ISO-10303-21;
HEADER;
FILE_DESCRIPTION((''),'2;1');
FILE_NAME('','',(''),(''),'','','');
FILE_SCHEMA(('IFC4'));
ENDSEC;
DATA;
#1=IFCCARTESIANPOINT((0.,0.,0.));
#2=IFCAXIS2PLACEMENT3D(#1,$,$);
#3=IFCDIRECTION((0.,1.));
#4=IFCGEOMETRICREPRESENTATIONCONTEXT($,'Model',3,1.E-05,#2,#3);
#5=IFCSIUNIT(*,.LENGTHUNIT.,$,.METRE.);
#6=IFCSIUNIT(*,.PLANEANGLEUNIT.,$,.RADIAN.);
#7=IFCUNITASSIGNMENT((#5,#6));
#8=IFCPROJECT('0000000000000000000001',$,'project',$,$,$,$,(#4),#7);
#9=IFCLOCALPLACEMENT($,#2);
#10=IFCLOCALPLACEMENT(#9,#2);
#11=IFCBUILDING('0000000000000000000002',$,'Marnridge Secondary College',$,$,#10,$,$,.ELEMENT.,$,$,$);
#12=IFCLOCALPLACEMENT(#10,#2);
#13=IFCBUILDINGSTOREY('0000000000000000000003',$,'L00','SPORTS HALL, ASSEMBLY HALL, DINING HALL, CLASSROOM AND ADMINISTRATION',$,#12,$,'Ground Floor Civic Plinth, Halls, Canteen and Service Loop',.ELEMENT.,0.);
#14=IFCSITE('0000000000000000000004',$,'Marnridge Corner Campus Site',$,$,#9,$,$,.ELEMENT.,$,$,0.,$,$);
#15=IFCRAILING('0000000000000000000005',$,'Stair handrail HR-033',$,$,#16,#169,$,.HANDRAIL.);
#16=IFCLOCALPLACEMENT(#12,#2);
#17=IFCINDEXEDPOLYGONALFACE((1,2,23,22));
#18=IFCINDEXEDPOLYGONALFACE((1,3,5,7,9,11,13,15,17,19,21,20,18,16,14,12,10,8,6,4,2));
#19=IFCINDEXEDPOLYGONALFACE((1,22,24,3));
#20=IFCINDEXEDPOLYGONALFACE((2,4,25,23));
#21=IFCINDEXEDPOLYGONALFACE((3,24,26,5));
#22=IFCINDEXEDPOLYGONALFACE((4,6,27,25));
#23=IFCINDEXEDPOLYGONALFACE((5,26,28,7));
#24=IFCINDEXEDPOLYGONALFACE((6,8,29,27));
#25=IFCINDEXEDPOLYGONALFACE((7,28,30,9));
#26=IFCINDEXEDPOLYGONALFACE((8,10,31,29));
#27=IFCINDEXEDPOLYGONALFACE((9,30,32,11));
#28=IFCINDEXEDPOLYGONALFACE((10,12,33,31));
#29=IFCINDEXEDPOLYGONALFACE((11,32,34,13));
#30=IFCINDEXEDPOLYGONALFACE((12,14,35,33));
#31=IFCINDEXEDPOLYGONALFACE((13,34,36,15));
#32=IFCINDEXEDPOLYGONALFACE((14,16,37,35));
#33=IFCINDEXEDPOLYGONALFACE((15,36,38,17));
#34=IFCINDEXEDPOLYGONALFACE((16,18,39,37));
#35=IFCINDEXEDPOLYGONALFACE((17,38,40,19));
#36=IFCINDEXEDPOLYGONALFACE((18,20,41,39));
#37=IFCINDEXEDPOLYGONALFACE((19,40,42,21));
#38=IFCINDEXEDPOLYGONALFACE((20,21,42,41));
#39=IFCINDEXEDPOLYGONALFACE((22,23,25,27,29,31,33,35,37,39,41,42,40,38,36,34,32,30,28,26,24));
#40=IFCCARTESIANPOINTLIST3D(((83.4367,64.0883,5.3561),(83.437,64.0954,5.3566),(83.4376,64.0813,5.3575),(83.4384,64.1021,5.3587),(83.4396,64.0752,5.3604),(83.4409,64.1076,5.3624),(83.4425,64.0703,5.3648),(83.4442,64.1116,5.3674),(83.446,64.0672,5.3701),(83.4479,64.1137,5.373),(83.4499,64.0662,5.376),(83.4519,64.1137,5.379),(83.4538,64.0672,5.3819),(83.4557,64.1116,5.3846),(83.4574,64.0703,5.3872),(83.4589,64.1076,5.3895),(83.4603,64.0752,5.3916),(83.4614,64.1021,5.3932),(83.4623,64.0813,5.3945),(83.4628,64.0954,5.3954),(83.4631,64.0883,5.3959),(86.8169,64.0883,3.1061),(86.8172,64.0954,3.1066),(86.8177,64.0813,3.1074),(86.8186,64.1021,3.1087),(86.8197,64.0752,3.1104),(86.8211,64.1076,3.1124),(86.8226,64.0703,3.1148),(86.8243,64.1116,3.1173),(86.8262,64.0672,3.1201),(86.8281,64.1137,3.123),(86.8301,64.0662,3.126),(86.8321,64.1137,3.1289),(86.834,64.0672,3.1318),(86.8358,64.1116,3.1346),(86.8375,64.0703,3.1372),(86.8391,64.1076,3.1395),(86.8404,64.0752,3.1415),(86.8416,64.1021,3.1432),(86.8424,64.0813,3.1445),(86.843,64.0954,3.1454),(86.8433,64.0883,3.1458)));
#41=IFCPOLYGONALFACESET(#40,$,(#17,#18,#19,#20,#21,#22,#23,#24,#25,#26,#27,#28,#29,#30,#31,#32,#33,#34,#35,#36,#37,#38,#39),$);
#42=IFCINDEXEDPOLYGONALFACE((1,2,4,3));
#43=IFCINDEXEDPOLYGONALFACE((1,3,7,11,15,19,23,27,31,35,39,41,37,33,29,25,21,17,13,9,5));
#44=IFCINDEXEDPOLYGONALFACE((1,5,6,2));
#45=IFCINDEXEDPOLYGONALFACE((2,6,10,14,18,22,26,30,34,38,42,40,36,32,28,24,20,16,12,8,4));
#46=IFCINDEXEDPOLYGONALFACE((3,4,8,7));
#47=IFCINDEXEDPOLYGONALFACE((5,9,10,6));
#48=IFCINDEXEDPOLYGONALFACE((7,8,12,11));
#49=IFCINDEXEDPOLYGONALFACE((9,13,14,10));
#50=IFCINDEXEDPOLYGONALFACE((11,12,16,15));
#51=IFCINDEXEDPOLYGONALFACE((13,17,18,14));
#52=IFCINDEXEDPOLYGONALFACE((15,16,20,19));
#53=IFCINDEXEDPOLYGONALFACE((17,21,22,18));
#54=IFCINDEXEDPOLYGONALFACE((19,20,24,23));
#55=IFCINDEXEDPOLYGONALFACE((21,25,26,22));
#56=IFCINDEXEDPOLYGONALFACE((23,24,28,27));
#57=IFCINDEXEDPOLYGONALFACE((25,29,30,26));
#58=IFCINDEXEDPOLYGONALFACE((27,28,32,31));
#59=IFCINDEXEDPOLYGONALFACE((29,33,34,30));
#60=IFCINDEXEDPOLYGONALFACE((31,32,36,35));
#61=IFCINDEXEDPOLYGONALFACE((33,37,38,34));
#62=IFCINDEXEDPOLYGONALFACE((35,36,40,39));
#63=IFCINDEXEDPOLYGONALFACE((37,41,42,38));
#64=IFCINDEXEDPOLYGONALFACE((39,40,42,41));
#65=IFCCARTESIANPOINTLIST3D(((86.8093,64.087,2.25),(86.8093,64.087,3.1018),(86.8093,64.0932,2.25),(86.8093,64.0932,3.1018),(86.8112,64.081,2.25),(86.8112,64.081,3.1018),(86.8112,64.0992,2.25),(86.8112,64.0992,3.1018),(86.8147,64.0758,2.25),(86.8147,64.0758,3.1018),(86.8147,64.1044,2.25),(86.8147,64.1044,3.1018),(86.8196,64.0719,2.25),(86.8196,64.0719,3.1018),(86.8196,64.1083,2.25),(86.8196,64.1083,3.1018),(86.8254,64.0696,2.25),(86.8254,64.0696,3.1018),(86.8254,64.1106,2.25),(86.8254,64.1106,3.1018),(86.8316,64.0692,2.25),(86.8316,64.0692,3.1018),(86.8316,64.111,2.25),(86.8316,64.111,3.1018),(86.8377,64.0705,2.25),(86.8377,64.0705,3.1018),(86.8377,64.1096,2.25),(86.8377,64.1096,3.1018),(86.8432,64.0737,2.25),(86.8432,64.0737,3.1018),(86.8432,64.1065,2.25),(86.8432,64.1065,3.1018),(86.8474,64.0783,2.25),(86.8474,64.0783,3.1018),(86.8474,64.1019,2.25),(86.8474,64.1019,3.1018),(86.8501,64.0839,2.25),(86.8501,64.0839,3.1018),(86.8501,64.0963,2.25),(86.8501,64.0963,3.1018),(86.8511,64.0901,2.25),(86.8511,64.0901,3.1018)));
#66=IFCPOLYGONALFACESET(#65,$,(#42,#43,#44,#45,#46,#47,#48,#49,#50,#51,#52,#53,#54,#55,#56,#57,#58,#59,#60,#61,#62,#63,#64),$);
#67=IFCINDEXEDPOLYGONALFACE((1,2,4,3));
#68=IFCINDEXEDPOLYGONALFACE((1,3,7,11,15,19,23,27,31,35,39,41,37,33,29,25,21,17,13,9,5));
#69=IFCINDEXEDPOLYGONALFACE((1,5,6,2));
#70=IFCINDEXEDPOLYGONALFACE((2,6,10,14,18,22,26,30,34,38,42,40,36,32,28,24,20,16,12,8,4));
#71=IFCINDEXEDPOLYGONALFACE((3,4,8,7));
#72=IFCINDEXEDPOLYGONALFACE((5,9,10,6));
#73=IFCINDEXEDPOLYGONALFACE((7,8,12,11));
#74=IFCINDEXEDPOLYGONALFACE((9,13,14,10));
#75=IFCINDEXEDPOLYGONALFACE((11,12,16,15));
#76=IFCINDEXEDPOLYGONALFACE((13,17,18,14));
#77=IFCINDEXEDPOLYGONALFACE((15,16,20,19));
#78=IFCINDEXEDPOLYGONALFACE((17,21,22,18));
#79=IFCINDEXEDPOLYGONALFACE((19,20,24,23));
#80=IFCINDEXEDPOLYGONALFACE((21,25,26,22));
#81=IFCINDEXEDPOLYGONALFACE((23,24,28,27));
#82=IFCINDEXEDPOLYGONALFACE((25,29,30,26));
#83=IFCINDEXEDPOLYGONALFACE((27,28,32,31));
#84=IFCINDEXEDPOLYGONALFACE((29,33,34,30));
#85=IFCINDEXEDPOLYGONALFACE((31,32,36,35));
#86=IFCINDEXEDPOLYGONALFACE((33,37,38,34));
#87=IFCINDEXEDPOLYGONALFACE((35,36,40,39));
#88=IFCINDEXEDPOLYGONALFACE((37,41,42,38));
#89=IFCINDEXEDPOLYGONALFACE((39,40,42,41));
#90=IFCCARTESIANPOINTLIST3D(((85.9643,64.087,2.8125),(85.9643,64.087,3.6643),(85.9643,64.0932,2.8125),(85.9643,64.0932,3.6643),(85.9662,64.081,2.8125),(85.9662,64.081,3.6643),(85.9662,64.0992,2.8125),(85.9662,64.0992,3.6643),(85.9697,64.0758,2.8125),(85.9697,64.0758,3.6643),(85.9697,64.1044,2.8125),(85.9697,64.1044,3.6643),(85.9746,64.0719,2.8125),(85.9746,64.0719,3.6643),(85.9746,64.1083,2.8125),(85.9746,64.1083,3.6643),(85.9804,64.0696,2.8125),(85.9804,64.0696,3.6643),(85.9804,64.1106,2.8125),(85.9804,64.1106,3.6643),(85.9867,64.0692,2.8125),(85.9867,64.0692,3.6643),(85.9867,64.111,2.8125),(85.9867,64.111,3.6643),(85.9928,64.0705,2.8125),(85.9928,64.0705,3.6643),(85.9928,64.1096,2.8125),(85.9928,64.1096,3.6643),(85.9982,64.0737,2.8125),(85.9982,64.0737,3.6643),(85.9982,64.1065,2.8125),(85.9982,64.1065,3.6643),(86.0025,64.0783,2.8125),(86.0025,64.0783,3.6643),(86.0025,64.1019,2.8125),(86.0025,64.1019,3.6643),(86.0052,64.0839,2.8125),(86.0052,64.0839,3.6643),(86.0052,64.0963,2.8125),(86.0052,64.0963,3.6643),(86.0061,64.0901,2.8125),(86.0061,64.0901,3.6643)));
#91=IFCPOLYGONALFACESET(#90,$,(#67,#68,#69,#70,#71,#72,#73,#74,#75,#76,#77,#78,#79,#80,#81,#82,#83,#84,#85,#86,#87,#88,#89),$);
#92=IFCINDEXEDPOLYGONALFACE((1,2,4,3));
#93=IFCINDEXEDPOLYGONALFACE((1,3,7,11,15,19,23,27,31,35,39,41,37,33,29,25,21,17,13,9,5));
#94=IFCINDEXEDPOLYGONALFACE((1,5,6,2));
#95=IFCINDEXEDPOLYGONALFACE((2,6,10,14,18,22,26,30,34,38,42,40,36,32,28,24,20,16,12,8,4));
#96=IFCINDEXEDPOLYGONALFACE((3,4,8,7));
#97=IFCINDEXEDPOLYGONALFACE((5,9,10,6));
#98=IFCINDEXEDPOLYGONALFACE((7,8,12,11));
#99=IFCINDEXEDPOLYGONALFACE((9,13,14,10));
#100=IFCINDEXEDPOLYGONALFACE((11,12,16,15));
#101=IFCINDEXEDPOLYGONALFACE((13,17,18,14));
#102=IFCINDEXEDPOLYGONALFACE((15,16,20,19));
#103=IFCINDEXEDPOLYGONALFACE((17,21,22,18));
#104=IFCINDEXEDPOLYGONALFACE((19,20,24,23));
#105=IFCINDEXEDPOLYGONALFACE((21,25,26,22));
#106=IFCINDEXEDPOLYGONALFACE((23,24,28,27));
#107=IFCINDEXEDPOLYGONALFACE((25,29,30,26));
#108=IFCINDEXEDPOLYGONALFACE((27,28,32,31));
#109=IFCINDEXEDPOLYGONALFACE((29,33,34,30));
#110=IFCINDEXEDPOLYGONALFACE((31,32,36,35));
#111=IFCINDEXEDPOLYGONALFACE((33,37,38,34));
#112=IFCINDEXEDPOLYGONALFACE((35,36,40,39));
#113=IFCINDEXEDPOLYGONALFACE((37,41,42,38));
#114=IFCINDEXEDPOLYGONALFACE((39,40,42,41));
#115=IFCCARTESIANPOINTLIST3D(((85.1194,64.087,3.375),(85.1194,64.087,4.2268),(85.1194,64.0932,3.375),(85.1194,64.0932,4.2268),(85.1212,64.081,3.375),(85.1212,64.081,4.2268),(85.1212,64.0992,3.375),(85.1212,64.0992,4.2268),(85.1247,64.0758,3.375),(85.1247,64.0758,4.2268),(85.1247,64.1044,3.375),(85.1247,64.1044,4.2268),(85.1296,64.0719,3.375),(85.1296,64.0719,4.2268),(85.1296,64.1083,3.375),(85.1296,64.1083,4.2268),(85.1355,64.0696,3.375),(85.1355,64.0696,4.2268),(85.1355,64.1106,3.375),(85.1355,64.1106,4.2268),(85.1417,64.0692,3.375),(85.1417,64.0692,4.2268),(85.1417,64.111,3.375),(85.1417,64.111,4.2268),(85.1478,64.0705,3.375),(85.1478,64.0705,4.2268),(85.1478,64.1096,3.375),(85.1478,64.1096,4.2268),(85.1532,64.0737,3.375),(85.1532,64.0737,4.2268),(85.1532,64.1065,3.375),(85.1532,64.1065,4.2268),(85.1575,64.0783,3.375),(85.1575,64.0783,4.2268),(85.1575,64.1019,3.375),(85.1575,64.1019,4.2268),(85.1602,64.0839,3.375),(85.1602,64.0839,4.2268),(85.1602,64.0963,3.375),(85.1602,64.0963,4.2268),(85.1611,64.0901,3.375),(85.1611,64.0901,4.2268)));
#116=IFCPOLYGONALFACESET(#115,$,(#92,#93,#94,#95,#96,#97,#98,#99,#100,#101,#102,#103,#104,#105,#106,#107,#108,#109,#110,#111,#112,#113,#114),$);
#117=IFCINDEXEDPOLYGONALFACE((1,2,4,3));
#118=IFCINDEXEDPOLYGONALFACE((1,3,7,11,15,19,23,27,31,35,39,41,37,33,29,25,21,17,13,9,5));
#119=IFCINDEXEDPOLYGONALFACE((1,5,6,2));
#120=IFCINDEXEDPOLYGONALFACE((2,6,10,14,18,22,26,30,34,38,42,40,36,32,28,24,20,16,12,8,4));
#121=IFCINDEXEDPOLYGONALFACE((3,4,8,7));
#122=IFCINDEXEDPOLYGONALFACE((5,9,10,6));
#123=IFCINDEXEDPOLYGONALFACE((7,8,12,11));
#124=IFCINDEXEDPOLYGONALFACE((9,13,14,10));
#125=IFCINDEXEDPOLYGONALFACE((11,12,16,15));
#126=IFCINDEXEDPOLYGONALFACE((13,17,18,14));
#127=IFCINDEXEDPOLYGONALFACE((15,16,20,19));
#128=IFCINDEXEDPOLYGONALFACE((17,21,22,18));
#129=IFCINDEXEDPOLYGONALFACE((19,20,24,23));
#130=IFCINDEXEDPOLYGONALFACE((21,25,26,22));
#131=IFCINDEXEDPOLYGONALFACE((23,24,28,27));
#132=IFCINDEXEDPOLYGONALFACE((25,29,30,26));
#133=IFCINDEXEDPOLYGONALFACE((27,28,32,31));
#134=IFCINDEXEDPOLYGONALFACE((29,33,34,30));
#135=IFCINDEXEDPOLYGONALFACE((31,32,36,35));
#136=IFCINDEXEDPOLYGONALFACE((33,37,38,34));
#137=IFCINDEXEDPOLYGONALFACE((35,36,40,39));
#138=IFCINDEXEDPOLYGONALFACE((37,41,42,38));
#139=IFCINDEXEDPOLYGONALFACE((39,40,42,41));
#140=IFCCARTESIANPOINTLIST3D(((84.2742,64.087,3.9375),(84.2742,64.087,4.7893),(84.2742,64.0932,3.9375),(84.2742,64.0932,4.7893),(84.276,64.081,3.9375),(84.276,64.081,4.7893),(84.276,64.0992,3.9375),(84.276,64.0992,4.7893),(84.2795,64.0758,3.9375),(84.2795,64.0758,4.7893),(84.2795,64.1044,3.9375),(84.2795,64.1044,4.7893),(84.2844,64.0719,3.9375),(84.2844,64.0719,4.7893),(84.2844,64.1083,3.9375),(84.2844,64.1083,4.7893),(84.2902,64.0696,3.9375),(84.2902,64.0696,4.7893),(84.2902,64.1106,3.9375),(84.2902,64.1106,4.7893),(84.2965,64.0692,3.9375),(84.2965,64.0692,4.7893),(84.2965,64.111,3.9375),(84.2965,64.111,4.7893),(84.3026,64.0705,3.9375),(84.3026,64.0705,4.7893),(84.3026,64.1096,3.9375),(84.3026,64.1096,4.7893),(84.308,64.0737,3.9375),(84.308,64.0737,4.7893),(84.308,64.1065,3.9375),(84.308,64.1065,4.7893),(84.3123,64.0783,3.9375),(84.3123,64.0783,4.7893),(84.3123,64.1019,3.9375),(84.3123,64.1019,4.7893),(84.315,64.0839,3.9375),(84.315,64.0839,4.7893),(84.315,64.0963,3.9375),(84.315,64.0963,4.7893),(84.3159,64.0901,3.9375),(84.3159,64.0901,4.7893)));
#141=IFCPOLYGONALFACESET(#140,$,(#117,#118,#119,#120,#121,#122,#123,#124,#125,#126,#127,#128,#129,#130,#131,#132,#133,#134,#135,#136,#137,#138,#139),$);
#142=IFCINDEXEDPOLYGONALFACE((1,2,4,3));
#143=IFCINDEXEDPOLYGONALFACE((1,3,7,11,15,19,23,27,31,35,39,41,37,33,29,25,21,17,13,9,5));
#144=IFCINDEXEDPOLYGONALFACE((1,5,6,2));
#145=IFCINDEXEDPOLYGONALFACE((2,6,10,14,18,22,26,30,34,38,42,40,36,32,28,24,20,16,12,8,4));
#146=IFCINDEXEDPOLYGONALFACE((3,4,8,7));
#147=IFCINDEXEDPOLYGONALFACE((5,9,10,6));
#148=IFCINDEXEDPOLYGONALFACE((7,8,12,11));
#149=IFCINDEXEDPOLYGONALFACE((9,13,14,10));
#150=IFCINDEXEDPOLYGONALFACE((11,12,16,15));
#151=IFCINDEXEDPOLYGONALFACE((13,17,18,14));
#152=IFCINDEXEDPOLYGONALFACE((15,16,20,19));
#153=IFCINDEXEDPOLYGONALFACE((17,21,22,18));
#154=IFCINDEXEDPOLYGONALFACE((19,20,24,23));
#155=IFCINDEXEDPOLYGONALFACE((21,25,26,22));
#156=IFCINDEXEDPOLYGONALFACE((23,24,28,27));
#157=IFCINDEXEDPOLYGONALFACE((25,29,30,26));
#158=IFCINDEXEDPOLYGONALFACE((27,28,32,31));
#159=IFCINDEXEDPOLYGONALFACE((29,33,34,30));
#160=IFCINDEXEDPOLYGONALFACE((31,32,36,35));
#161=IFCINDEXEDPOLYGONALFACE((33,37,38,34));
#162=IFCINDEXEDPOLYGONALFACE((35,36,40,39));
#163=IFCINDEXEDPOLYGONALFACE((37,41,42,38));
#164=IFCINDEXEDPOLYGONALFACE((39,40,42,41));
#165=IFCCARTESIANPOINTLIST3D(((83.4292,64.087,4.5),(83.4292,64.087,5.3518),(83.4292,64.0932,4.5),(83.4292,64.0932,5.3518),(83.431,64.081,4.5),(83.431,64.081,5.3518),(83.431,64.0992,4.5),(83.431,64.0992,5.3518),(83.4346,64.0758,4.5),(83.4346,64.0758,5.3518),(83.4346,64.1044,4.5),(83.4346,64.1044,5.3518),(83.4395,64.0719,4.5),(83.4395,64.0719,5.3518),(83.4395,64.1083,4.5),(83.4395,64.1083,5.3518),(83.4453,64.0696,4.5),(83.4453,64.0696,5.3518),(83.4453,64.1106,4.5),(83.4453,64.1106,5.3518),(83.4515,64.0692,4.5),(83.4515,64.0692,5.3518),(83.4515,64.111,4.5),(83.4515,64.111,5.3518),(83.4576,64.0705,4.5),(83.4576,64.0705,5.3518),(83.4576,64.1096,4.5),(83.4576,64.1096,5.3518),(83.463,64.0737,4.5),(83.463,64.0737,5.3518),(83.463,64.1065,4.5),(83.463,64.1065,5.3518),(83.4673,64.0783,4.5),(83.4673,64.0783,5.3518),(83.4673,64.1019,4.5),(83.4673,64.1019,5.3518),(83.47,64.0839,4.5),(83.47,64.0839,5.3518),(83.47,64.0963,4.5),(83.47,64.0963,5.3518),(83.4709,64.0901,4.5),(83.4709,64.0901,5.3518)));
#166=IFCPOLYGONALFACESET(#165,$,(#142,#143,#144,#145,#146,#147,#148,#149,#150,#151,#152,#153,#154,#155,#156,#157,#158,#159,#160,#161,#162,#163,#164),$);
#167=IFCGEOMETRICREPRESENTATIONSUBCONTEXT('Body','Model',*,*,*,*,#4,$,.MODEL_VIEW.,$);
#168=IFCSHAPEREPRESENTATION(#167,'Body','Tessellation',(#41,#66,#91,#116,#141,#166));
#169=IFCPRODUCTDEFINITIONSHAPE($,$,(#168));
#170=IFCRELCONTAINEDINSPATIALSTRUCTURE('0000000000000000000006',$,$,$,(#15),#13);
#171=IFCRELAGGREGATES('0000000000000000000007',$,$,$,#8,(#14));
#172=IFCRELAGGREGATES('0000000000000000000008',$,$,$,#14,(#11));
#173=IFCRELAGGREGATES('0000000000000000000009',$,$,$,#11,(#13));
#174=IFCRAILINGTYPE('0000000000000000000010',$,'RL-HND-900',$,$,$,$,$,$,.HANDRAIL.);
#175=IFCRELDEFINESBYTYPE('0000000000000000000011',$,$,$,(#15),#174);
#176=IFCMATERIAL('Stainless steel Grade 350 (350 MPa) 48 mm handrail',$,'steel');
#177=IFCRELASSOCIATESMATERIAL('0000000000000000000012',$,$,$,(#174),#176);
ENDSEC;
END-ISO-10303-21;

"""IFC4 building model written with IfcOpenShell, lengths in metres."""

from ifc_helpers import new_model, si_unit, direction, frame, origin, origin_2d, place, context, subcontext, project, spatial, circle, extrude, material, type_object, element, save


model = new_model("IFC4")

# Units and contexts
model_context = context("Model", 3, precision=1e-05, world=origin(), true_north=direction((0.0, 1.0)))
body_context = subcontext(model_context, "Body", "Model", "MODEL_VIEW")
ifc_project = project(units=[si_unit("LENGTHUNIT", "METRE"), si_unit("PLANEANGLEUNIT", "RADIAN")], contexts=[model_context])

# Site, building, storey
site_placement = place(None, origin())
site = spatial("IfcSite", under=ifc_project, at=site_placement, Name="Marnridge Corner Campus Site", CompositionType="ELEMENT", RefElevation=0.0)
building_placement = place(site_placement, origin())
building = spatial("IfcBuilding", under=site, at=building_placement, Name="Marnridge Secondary College", CompositionType="ELEMENT")
storey_placement = place(building_placement, origin())
storey = spatial("IfcBuildingStorey", under=building, at=storey_placement, Name="L00", Description="SPORTS HALL, ASSEMBLY HALL, DINING HALL, CLASSROOM AND ADMINISTRATION", LongName="Ground Floor Civic Plinth, Halls, Canteen and Service Loop", CompositionType="ELEMENT", Elevation=0.0)

# Railing
ifc_material_1 = material(Name="Stainless steel Grade 350 (350 MPa) 48 mm handrail", Category="steel")
railing_type_1 = type_object("IfcRailingType", Name="RL-HND-900", PredefinedType="HANDRAIL", material=ifc_material_1)
for number, where, name in (
    (1, (86.8301, 64.0901, 2.25), "Stair handrail HR-033"),
):
    element("IfcRailing", number, at=place(storey_placement, frame(where)), inside=storey, type_object=railing_type_1, Name=name, PredefinedType="HANDRAIL", context=body_context, shape_type="SweptSolid", body=[
        extrude(circle(Radius=0.0239, at=origin_2d()), frame((0.0, 0.0, 0.876), z_axis=(-0.832439, 0.0, 0.554117), x_axis=(0.0, -1.0, 0.0)), (0.0, 0.0, 1.0), 4.0605),
        extrude(circle(Radius=0.021, at=origin_2d()), origin(), (0.0, 0.0, 1.0), 0.8518),
        extrude(circle(Radius=0.021, at=origin_2d()), frame((-0.845, 0.0, 0.5625)), (0.0, 0.0, 1.0), 0.8518),
        extrude(circle(Radius=0.021, at=origin_2d()), frame((-1.6899, 0.0, 1.125)), (0.0, 0.0, 1.0), 0.8518),
        extrude(circle(Radius=0.021, at=origin_2d()), frame((-2.5352, 0.0, 1.6875)), (0.0, 0.0, 1.0), 0.8518),
        extrude(circle(Radius=0.021, at=origin_2d()), frame((-3.3801, 0.0, 2.25)), (0.0, 0.0, 1.0), 0.8518),
    ])

save(model, "model.ifc")
